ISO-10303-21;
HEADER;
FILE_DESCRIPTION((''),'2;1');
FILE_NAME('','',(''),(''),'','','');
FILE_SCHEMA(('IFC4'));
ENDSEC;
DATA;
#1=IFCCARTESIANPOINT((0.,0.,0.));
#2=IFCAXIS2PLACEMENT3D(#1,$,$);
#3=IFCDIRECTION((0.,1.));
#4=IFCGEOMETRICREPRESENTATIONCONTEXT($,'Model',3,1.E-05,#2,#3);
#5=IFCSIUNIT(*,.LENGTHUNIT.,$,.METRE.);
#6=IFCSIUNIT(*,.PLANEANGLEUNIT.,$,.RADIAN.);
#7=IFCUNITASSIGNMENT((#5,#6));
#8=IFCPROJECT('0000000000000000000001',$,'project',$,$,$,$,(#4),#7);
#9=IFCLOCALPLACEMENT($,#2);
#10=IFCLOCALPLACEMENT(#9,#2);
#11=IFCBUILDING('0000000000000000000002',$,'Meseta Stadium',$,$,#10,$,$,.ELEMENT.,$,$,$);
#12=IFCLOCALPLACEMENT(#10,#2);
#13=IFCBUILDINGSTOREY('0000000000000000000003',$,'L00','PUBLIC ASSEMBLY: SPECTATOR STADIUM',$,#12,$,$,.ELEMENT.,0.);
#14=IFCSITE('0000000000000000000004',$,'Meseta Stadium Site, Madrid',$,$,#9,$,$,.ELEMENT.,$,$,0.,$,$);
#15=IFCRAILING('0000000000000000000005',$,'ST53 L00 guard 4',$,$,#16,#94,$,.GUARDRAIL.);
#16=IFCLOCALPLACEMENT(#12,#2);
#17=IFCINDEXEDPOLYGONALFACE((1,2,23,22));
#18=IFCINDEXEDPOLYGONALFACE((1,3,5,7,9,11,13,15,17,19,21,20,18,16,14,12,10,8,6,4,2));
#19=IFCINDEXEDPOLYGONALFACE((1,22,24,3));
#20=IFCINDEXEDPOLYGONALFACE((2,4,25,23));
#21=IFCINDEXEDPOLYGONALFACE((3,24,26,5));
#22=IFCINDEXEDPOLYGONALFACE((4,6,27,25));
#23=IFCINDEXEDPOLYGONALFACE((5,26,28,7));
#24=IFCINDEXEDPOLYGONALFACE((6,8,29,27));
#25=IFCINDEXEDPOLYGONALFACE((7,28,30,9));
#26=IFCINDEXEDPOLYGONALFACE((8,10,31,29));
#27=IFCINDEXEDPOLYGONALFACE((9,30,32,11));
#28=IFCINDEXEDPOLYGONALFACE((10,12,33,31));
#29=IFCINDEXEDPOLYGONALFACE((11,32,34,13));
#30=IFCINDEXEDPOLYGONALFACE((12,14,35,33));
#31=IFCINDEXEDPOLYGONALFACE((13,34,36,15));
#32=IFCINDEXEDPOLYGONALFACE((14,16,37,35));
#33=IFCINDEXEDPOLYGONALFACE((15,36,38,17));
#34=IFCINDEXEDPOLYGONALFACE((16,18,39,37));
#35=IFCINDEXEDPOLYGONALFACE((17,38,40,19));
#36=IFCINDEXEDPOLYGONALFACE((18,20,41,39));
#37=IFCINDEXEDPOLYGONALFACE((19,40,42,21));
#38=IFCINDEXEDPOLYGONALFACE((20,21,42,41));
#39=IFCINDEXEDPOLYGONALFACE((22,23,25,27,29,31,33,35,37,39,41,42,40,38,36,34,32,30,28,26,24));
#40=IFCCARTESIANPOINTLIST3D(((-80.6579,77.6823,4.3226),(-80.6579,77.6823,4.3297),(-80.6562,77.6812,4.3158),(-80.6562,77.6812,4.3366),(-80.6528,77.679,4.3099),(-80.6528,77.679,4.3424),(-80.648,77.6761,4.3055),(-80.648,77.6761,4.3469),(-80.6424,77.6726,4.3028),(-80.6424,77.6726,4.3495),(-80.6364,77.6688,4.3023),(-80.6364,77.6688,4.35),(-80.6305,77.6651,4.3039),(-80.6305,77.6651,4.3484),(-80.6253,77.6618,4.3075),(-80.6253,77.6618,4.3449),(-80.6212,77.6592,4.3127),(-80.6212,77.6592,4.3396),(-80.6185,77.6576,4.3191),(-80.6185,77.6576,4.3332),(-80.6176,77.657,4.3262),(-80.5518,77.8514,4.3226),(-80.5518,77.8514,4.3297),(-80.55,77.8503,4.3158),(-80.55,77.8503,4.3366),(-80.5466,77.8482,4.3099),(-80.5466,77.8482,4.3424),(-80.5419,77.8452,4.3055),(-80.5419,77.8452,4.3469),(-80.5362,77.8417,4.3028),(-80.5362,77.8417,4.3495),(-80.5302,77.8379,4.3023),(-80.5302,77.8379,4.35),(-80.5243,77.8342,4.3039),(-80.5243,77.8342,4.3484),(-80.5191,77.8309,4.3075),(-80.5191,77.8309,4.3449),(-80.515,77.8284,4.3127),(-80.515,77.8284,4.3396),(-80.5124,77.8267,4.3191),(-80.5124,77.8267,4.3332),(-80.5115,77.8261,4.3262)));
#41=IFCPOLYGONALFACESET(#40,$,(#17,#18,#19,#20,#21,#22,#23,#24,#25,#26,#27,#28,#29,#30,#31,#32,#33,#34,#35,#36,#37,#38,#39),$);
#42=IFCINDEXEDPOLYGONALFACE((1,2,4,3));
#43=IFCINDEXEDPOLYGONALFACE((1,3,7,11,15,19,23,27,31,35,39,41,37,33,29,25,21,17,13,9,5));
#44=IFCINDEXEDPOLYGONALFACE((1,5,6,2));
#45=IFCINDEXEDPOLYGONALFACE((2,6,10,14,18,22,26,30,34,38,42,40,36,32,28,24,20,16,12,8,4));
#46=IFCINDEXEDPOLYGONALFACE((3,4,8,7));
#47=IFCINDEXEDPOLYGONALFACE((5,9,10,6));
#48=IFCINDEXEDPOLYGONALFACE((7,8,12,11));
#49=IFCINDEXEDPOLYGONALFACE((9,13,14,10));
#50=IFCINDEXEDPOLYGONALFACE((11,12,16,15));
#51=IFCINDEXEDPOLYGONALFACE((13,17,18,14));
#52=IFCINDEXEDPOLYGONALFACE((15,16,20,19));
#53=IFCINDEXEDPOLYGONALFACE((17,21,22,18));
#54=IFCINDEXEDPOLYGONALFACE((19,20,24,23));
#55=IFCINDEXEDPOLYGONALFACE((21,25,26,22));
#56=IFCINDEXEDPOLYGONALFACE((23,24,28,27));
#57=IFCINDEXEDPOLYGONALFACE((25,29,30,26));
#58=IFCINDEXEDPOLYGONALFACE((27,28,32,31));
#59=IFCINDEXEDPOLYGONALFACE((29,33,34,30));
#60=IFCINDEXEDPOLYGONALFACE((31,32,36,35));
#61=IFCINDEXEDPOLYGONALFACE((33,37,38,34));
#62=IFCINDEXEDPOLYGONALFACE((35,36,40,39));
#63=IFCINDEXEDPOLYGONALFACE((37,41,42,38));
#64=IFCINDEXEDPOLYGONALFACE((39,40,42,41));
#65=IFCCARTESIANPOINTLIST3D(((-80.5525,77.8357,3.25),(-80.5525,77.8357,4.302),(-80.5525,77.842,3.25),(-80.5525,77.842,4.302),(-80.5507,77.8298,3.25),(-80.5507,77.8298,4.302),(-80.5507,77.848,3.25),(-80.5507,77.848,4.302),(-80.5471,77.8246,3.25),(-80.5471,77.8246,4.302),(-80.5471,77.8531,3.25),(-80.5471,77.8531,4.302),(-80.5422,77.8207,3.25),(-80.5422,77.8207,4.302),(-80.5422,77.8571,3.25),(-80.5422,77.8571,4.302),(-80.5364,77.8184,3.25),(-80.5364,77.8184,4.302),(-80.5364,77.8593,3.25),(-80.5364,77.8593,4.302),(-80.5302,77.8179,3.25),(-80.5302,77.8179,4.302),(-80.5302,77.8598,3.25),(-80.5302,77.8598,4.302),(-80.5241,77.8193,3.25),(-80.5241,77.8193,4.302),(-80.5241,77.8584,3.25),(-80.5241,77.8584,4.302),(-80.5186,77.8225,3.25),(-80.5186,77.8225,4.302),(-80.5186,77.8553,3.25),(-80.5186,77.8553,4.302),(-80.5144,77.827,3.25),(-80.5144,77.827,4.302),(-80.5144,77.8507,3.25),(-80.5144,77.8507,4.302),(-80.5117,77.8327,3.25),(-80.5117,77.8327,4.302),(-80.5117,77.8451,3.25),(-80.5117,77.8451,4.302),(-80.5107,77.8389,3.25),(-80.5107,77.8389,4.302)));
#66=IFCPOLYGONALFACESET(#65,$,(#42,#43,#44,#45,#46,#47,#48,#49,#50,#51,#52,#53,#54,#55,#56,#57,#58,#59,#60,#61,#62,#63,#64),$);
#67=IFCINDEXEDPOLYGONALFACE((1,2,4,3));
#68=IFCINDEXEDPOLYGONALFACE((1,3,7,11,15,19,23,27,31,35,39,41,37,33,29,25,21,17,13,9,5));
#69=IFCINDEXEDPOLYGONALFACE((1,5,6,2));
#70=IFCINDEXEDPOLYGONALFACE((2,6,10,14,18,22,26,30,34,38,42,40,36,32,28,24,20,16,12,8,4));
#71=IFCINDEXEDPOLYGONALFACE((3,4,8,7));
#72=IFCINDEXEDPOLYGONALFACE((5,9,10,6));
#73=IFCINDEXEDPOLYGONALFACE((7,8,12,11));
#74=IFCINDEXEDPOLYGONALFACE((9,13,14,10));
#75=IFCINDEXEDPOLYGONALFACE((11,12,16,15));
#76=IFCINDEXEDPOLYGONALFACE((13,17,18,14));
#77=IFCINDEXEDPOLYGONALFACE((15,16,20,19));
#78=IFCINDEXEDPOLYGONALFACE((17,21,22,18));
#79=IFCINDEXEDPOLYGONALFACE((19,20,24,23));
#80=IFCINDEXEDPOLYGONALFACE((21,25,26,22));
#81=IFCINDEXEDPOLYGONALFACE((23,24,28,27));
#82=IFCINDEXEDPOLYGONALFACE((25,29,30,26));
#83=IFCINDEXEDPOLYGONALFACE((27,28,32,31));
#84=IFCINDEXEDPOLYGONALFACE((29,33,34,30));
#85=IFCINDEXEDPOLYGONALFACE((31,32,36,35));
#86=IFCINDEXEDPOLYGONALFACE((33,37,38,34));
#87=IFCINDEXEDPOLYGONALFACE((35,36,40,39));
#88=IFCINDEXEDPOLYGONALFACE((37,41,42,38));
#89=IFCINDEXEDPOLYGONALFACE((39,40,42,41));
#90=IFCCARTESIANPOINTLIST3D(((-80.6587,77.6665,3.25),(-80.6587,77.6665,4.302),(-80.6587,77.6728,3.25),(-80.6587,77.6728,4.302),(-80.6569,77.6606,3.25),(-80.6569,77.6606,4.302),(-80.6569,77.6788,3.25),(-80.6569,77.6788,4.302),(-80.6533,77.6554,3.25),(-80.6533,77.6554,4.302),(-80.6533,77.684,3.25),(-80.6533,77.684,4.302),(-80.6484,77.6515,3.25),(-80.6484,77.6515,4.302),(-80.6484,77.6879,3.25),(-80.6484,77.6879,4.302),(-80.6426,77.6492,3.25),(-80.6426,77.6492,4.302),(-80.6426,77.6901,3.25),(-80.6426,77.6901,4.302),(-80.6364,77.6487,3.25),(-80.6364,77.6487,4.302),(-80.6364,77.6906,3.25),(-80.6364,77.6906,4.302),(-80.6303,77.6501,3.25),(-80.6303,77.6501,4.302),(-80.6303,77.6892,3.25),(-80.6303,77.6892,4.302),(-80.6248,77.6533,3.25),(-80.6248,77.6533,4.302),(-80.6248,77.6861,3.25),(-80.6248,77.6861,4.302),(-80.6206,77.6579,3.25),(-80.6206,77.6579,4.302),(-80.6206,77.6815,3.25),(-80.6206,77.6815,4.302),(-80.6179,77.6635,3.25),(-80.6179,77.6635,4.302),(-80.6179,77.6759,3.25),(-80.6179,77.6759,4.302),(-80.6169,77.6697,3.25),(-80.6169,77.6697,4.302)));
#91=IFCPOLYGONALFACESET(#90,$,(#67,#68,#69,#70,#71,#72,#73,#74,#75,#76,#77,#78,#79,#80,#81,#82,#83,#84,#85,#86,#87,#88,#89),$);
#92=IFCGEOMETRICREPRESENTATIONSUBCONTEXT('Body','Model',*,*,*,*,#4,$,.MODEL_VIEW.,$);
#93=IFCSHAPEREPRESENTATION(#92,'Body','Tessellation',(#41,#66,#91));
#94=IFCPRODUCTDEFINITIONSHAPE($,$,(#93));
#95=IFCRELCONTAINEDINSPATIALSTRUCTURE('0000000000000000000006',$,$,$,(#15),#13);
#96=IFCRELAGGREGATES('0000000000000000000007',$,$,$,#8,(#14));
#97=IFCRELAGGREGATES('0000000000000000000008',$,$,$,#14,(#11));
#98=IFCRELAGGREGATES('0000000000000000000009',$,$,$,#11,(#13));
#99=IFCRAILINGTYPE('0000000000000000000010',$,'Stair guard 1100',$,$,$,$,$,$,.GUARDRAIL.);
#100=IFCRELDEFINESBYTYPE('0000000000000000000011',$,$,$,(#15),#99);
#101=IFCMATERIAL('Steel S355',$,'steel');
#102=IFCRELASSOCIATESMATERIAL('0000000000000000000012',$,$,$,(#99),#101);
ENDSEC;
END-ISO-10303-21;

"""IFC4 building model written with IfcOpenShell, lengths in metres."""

from ifc_helpers import new_model, si_unit, direction, frame, origin, origin_2d, place, context, subcontext, project, spatial, circle, extrude, material, type_object, element, save


model = new_model("IFC4")

# Units and contexts
model_context = context("Model", 3, precision=1e-05, world=origin(), true_north=direction((0.0, 1.0)))
body_context = subcontext(model_context, "Body", "Model", "MODEL_VIEW")
ifc_project = project(units=[si_unit("LENGTHUNIT", "METRE"), si_unit("PLANEANGLEUNIT", "RADIAN")], contexts=[model_context])

# Site, building, storey
site_placement = place(None, origin())
site = spatial("IfcSite", under=ifc_project, at=site_placement, Name="Meseta Stadium Site, Madrid", CompositionType="ELEMENT", RefElevation=0.0)
building_placement = place(site_placement, origin())
building = spatial("IfcBuilding", under=site, at=building_placement, Name="Meseta Stadium", CompositionType="ELEMENT")
storey_placement = place(building_placement, origin())
storey = spatial("IfcBuildingStorey", under=building, at=storey_placement, Name="L00", Description="PUBLIC ASSEMBLY: SPECTATOR STADIUM", CompositionType="ELEMENT", Elevation=0.0)

# Railing
ifc_material_1 = material(Name="Steel S355", Category="steel")
railing_type_1 = type_object("IfcRailingType", Name="Stair guard 1100", PredefinedType="GUARDRAIL", material=ifc_material_1)
railing_1_placement = place(storey_placement, frame((-80.5317, 77.8389, 3.25)))
element("IfcRailing", 1, at=railing_1_placement, inside=storey, type_object=railing_type_1, Name="ST53 L00 guard 4", PredefinedType="GUARDRAIL", context=body_context, shape_type="SweptSolid", body=[
    extrude(circle(Radius=0.0239, at=origin_2d()), frame((0.0, 0.0, 1.0762), z_axis=(-0.531646, -0.846967, 0.0), x_axis=(0.846967, -0.531646, 0.0)), (0.0, 0.0, 1.0), 0.1997),
    extrude(circle(Radius=0.021, at=origin_2d()), origin(), (0.0, 0.0, 1.0), 1.052),
    extrude(circle(Radius=0.021, at=origin_2d()), frame((-0.1062, -0.1692, 0.0)), (0.0, 0.0, 1.0), 1.052),
])

save(model, "model.ifc")
